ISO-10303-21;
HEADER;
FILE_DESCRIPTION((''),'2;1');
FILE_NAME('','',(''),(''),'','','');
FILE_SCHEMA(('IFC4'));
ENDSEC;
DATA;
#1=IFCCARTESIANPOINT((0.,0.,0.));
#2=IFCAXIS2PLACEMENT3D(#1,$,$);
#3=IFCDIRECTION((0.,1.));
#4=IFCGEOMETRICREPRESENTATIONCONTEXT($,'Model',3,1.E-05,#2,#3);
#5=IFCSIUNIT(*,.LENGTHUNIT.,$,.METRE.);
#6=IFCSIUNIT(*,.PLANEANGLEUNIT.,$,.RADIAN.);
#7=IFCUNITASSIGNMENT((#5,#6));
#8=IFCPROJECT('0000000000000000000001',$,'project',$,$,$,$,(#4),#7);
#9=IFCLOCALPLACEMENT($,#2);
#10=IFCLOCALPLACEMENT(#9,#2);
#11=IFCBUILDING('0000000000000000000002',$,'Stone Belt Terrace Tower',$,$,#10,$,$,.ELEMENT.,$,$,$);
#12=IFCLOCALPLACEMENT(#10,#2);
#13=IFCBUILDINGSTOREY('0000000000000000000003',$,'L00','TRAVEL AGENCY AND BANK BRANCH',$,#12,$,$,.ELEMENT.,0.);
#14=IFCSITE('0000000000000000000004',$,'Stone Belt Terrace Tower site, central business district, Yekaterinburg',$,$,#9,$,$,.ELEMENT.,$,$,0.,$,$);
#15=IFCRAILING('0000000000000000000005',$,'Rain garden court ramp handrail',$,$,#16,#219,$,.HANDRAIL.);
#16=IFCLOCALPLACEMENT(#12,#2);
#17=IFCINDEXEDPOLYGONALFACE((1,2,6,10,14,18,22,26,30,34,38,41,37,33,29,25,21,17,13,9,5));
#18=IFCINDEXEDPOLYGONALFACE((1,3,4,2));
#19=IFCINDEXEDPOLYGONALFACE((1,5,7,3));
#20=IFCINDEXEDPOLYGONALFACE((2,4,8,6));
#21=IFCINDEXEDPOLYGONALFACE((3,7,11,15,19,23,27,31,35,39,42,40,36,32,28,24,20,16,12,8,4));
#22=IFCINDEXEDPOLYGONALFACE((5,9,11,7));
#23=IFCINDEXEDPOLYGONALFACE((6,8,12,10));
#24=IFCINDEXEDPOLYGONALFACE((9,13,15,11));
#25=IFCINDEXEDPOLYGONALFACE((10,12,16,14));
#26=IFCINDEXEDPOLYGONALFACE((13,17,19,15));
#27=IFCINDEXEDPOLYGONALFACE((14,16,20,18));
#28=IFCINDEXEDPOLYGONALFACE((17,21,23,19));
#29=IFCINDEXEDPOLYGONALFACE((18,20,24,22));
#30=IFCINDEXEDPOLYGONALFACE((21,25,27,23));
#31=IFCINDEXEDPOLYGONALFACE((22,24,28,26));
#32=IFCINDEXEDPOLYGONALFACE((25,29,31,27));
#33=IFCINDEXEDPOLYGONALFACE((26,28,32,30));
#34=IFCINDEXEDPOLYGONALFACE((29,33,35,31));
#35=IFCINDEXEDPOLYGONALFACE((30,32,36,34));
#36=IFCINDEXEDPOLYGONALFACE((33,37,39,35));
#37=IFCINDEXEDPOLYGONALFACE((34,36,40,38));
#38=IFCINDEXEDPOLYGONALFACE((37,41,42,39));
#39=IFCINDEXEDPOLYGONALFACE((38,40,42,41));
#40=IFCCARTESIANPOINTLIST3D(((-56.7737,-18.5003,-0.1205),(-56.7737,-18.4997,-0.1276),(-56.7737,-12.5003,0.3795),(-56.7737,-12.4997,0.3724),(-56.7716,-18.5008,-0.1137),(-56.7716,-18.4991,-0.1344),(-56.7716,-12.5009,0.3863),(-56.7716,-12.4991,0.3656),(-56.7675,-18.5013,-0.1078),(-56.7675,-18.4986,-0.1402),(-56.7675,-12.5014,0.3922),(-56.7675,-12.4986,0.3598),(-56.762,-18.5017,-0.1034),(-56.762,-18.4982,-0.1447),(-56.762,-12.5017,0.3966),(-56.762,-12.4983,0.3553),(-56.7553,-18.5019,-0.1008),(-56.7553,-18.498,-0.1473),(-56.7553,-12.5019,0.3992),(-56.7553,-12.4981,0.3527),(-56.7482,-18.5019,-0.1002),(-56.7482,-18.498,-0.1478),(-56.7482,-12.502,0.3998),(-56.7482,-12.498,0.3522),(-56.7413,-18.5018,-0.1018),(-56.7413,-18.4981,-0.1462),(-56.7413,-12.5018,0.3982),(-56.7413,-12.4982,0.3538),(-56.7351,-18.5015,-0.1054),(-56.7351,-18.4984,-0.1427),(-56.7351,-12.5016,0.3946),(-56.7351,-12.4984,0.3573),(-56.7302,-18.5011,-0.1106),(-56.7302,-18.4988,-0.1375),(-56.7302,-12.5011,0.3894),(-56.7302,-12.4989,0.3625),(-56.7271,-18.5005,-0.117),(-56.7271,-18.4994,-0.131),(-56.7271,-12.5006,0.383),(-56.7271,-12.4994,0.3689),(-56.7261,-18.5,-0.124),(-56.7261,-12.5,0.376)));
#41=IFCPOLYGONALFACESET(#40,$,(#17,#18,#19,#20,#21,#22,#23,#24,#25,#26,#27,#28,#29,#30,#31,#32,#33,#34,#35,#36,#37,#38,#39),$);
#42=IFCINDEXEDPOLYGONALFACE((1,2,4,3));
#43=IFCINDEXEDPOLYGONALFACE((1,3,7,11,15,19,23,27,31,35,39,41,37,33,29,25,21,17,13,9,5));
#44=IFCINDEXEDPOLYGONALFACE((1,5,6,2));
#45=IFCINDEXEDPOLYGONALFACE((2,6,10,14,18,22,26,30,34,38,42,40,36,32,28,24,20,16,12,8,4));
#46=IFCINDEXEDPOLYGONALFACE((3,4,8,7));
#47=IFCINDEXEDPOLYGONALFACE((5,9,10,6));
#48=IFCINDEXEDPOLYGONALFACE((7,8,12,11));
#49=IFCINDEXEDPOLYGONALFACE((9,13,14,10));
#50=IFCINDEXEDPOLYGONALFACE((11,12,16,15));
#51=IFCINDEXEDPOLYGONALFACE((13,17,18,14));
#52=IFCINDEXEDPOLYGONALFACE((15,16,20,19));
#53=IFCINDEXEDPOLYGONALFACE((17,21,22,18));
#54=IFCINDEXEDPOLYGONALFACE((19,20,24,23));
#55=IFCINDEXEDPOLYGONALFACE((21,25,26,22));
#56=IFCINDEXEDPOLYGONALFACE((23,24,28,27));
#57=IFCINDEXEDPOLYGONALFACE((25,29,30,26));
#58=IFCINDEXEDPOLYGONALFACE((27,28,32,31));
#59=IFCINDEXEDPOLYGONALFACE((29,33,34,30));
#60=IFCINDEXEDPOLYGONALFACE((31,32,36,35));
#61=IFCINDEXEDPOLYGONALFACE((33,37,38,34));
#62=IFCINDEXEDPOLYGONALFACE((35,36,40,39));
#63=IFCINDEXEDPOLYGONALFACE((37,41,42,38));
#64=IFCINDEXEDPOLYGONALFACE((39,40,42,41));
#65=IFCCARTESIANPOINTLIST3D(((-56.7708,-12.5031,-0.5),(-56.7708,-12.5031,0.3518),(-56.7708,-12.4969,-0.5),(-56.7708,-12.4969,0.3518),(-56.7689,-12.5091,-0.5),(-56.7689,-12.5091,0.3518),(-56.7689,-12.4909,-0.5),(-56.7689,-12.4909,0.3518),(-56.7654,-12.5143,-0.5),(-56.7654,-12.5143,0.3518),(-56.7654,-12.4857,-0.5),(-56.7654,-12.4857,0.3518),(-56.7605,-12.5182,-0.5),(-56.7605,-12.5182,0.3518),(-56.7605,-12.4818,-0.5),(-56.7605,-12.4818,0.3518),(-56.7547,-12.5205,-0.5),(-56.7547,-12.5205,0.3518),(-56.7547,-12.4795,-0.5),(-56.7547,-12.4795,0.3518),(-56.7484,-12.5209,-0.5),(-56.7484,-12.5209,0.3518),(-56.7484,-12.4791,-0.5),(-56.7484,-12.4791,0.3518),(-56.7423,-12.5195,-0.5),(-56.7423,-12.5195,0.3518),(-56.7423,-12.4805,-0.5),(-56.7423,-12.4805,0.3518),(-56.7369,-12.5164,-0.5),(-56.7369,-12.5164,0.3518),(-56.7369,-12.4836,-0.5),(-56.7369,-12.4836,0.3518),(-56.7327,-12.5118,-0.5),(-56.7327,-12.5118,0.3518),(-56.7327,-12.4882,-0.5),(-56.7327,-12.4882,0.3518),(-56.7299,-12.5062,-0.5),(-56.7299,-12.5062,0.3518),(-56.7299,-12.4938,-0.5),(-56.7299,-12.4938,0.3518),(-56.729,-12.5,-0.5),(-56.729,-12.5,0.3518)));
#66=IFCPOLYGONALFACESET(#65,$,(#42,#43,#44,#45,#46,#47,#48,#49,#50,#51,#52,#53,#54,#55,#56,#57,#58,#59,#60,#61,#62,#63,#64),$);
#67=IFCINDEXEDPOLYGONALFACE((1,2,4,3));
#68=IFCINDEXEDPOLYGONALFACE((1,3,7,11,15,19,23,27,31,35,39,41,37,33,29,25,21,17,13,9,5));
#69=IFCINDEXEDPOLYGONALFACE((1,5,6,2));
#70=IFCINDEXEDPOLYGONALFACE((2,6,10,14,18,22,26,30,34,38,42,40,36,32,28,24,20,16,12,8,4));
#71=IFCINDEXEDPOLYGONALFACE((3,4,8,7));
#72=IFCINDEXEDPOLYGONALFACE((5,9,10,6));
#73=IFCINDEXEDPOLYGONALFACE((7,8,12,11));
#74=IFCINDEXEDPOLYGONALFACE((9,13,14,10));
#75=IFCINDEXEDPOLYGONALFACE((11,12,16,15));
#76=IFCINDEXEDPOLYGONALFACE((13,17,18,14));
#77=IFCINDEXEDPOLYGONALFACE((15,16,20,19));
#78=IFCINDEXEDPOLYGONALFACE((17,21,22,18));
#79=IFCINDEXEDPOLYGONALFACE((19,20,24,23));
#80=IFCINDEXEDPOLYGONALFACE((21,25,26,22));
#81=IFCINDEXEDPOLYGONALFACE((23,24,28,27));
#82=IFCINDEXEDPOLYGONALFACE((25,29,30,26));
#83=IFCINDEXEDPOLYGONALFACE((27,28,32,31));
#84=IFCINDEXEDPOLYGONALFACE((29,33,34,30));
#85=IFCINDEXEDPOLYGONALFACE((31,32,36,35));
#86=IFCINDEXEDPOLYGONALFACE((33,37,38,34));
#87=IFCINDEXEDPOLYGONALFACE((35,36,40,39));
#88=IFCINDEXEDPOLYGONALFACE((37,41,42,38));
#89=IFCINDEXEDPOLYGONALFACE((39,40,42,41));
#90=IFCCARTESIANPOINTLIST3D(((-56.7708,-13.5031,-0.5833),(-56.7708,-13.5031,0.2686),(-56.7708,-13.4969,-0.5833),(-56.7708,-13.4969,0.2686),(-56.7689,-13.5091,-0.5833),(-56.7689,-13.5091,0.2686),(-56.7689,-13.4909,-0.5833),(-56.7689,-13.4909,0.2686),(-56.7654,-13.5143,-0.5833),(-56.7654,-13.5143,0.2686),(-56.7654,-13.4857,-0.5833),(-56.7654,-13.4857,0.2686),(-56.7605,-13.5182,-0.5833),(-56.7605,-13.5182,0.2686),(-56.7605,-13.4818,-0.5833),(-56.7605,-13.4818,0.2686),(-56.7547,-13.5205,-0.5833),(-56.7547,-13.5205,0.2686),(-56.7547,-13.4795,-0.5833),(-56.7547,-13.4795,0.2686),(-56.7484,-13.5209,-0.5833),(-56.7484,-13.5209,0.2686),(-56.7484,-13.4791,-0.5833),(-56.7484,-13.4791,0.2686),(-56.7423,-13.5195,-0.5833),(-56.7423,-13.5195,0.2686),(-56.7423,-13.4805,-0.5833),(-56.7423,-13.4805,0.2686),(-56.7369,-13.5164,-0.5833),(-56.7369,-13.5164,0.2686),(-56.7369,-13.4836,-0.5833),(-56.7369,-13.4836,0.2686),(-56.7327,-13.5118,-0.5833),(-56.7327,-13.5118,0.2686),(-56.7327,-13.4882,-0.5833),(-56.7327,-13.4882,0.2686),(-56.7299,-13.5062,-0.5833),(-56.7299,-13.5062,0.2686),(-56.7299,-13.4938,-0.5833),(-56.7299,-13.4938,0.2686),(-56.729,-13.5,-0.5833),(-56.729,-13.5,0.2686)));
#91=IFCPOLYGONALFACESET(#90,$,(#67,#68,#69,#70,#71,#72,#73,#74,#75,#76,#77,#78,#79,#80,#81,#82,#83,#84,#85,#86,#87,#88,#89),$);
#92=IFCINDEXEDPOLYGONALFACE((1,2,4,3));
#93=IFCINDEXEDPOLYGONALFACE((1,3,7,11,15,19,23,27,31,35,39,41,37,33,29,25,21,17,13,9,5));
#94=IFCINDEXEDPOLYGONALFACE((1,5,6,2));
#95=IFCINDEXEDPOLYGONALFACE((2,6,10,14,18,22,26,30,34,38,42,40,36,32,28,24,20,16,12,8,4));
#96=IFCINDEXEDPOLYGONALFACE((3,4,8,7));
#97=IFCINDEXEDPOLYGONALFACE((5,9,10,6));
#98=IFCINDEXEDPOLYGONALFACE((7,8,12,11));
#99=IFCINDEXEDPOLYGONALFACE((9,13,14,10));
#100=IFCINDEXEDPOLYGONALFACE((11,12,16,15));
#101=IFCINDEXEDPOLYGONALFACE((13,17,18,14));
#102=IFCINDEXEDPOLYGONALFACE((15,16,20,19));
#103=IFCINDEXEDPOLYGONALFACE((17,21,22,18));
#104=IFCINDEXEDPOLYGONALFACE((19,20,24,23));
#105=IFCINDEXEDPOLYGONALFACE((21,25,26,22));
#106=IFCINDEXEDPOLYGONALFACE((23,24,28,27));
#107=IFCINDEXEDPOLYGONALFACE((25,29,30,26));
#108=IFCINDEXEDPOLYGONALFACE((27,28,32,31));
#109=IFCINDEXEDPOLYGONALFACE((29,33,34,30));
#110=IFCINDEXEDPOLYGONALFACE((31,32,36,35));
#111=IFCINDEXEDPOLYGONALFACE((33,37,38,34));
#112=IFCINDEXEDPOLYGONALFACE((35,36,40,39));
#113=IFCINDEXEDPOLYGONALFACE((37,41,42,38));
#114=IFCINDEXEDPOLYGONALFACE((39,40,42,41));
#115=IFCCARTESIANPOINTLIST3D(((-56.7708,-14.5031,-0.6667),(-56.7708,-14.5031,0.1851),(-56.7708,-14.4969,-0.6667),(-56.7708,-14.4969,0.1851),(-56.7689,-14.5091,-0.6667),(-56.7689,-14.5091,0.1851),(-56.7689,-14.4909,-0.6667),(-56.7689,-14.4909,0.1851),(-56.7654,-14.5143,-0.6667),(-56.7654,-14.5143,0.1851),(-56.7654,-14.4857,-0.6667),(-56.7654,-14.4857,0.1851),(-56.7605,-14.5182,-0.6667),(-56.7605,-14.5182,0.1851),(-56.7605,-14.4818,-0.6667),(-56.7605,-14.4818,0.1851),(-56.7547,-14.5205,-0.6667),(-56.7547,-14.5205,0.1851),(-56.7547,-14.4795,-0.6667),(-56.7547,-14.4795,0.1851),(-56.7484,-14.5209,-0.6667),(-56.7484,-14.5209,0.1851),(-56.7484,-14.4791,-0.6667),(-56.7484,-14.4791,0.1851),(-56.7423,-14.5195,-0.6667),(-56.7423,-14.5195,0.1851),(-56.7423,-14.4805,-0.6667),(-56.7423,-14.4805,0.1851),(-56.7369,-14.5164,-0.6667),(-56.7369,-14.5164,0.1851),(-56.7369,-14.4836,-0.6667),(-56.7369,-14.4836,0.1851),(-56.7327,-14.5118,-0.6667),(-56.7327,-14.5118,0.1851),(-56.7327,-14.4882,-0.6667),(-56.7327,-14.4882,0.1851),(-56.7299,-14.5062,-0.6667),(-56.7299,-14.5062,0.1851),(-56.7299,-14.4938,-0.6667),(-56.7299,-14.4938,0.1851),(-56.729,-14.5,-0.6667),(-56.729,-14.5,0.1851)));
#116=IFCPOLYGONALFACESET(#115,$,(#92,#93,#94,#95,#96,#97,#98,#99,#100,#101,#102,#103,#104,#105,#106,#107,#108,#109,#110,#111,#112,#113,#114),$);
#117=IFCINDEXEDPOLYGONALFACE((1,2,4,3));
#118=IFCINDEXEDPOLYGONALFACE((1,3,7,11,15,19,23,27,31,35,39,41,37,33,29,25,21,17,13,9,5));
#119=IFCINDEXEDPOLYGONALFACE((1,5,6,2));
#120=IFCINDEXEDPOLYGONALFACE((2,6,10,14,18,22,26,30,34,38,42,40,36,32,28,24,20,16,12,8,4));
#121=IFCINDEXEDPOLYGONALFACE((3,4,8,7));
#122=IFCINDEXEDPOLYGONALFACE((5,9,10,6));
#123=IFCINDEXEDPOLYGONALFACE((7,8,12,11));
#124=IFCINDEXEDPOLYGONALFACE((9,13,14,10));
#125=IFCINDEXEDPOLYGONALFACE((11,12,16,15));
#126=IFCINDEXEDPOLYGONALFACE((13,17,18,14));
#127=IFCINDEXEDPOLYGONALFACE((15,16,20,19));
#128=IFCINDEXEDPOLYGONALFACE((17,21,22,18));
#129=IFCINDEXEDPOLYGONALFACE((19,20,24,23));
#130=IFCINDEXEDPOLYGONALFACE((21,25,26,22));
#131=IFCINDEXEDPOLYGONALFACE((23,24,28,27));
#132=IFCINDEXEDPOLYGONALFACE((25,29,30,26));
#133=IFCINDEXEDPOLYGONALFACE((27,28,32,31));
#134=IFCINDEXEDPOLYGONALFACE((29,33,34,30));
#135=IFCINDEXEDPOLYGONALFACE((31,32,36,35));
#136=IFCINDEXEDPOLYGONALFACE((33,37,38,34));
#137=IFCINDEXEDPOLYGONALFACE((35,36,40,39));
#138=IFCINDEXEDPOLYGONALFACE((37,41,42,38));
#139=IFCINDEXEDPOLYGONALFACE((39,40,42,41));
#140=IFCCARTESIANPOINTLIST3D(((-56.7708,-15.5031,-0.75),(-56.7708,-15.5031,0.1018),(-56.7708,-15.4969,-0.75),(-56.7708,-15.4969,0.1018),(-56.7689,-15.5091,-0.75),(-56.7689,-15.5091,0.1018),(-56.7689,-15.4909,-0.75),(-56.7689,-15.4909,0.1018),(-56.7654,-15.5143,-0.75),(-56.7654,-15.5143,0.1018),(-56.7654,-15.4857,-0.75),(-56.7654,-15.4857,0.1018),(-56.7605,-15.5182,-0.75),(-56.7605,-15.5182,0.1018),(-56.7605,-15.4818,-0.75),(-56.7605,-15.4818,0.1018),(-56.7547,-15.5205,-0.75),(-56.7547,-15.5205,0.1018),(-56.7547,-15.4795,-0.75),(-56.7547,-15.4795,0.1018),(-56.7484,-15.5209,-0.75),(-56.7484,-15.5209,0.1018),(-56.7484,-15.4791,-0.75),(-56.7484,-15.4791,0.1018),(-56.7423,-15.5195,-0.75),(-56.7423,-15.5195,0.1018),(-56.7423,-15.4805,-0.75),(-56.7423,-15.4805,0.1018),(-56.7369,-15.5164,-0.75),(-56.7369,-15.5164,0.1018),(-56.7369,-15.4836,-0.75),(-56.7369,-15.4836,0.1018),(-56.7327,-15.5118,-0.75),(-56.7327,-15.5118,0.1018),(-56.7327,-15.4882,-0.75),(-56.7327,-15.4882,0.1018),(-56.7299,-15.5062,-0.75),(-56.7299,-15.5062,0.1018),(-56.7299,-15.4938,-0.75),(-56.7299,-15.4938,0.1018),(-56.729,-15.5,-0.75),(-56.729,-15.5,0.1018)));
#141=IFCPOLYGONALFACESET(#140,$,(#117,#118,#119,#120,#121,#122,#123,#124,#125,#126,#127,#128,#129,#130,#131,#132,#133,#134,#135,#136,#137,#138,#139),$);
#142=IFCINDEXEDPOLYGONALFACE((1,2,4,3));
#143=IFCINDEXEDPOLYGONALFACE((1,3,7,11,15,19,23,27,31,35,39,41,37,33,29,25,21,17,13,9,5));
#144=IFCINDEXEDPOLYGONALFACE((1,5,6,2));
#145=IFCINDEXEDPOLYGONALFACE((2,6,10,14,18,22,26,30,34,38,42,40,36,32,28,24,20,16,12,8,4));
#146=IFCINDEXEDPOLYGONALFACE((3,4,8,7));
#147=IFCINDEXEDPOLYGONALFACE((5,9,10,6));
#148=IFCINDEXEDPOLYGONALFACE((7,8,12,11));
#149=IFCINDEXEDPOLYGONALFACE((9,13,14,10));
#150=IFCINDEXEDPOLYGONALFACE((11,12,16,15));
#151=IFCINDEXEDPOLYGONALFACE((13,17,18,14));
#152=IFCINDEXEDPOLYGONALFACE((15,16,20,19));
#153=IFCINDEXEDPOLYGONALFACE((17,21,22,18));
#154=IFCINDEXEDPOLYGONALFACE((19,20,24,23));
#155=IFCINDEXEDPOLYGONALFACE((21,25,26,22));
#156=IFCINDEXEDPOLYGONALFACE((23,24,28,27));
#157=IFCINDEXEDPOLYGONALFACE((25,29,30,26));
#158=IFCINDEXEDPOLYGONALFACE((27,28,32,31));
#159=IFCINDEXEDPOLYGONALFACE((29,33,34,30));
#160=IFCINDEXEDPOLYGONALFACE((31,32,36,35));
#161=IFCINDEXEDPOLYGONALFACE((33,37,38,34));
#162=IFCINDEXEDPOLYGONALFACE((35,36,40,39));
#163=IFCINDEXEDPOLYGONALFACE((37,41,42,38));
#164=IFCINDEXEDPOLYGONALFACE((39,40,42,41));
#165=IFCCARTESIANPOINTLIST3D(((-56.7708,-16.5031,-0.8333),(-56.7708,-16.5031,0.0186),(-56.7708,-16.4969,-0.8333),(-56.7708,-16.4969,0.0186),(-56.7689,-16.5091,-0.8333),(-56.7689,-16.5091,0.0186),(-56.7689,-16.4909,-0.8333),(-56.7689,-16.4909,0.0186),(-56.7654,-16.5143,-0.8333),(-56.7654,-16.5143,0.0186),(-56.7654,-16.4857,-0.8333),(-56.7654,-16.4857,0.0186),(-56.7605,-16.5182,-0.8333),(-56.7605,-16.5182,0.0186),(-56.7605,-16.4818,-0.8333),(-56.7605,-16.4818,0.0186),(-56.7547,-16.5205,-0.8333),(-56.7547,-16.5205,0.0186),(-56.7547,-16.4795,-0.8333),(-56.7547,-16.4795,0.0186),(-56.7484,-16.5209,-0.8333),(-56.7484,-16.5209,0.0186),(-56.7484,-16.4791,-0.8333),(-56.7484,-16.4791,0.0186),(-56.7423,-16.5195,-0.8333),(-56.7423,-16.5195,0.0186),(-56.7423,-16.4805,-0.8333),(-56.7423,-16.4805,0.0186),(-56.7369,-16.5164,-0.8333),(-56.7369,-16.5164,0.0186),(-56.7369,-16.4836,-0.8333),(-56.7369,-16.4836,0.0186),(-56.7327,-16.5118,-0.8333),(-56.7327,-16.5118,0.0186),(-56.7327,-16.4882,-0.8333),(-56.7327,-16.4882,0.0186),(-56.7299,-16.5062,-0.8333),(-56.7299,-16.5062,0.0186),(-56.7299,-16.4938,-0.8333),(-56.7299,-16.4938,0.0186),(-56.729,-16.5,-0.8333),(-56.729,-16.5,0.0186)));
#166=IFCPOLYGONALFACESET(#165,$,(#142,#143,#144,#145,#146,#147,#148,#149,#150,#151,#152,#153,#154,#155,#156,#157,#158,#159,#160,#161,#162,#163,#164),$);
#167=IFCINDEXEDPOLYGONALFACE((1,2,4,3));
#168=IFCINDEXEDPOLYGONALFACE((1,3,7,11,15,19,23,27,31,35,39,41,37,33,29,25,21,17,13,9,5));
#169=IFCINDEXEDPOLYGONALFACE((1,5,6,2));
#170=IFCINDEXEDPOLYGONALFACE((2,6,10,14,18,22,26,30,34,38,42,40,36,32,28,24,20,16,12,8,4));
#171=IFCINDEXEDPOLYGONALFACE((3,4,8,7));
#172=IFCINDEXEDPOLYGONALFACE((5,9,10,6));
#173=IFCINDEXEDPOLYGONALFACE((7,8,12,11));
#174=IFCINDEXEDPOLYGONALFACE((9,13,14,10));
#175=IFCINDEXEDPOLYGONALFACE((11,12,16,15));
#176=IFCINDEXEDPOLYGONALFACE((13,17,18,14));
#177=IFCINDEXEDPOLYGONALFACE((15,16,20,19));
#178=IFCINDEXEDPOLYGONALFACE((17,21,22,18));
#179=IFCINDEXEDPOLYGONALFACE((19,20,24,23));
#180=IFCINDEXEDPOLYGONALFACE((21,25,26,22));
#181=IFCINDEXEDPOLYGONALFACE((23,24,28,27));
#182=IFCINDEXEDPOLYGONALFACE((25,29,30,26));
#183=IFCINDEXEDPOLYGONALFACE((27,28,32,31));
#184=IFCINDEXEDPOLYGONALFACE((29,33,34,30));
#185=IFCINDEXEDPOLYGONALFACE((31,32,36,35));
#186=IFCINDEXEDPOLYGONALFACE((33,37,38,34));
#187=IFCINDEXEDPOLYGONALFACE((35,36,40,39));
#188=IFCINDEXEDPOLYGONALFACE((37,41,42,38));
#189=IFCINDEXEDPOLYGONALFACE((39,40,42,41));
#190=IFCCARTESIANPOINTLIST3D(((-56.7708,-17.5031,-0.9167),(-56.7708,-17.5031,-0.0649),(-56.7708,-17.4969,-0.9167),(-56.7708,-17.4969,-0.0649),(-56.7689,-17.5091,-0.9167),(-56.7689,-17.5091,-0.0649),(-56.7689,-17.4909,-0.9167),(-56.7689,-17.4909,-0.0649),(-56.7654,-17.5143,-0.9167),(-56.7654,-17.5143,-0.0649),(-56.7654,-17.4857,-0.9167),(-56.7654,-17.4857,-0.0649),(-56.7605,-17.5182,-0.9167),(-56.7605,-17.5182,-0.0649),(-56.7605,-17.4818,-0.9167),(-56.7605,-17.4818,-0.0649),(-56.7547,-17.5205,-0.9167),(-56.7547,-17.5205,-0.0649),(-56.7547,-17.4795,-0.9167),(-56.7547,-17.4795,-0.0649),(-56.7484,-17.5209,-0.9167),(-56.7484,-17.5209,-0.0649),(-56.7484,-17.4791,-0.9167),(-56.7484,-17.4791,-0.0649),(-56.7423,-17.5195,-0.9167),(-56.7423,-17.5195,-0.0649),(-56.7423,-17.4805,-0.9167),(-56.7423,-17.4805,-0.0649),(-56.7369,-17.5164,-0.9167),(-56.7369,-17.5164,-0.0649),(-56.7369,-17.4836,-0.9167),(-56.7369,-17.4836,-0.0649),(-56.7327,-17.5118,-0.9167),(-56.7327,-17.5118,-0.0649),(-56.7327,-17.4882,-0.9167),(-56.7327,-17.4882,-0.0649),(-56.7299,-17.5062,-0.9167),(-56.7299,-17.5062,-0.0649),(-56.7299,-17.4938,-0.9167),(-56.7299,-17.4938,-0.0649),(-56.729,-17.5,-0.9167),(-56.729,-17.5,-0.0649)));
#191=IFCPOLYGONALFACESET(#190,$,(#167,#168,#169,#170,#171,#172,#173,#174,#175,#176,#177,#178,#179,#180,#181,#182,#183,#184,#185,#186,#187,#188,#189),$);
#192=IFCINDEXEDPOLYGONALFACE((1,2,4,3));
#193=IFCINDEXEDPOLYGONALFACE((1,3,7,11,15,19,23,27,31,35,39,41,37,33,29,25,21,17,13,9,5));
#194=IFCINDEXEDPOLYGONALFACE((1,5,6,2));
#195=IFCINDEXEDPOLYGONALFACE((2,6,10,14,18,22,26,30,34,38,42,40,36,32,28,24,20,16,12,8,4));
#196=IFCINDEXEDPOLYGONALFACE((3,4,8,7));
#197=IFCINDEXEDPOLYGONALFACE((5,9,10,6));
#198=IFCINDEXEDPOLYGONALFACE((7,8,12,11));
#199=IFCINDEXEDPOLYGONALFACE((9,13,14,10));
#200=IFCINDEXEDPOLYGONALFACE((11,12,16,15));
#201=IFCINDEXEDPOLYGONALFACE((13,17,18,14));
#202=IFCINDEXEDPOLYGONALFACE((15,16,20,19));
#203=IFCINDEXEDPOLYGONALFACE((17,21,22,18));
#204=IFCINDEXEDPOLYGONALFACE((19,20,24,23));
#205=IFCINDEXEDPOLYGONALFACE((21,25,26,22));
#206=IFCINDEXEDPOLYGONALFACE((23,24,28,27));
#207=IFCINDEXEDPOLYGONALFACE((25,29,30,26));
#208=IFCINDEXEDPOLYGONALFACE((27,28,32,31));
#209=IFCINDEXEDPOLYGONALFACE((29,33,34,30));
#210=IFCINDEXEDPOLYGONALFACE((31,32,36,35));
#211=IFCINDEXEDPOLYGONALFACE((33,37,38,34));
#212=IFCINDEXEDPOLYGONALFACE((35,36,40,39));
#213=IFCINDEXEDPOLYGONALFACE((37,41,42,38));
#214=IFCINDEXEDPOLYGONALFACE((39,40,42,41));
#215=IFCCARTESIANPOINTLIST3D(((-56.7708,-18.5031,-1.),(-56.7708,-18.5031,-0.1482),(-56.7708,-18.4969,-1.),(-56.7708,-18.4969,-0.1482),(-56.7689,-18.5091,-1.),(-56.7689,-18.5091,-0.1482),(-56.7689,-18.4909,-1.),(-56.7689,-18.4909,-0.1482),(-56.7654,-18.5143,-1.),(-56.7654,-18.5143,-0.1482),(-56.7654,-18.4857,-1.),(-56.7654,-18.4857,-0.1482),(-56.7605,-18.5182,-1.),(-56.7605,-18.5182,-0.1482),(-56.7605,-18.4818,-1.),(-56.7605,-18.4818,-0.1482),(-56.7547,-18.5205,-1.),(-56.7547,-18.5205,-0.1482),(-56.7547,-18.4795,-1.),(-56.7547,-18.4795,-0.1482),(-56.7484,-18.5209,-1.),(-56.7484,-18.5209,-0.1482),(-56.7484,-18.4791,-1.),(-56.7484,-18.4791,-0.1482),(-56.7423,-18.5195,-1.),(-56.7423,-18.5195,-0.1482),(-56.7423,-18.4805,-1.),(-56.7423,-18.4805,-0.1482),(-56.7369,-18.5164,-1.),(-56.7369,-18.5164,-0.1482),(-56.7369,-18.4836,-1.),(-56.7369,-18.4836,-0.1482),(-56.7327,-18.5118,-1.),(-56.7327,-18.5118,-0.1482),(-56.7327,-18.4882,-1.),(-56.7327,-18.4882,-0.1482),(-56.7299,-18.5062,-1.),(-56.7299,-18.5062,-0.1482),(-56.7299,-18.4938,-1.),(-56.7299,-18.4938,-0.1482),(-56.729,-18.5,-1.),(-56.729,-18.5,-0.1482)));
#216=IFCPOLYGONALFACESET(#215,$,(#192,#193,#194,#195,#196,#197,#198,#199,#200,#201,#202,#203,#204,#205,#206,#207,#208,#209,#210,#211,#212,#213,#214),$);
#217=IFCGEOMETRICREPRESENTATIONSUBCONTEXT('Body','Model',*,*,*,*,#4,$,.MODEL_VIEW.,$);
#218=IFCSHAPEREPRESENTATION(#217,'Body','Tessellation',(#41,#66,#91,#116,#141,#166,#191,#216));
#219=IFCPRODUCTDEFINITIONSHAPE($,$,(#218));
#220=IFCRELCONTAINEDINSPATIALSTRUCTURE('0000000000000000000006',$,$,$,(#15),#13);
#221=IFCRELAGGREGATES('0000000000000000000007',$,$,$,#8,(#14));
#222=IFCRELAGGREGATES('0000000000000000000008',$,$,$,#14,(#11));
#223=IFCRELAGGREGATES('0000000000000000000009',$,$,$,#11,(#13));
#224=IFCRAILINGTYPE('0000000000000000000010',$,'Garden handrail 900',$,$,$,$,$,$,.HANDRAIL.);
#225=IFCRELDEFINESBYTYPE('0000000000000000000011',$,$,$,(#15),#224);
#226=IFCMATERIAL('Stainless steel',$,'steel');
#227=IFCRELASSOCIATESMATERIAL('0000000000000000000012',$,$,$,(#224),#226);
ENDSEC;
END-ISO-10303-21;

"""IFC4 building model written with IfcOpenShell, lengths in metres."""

from ifc_helpers import new_model, si_unit, direction, frame, origin, origin_2d, place, context, subcontext, project, spatial, circle, extrude, material, type_object, element, save


model = new_model("IFC4")

# Units and contexts
model_context = context("Model", 3, precision=1e-05, world=origin(), true_north=direction((0.0, 1.0)))
body_context = subcontext(model_context, "Body", "Model", "MODEL_VIEW")
ifc_project = project(units=[si_unit("LENGTHUNIT", "METRE"), si_unit("PLANEANGLEUNIT", "RADIAN")], contexts=[model_context])

# Site, building, storey
site_placement = place(None, origin())
site = spatial("IfcSite", under=ifc_project, at=site_placement, Name="Stone Belt Terrace Tower site, central business district, Yekaterinburg", CompositionType="ELEMENT", RefElevation=0.0)
building_placement = place(site_placement, origin())
building = spatial("IfcBuilding", under=site, at=building_placement, Name="Stone Belt Terrace Tower", CompositionType="ELEMENT")
storey_placement = place(building_placement, origin())
storey = spatial("IfcBuildingStorey", under=building, at=storey_placement, Name="L00", Description="TRAVEL AGENCY AND BANK BRANCH", CompositionType="ELEMENT", Elevation=0.0)

# Railing
ifc_material_1 = material(Name="Stainless steel", Category="steel")
railing_type_1 = type_object("IfcRailingType", Name="Garden handrail 900", PredefinedType="HANDRAIL", material=ifc_material_1)
railing_1_placement = place(storey_placement, frame((-56.75, -12.5, -0.5)))
element("IfcRailing", 1, at=railing_1_placement, inside=storey, type_object=railing_type_1, Name="Rain garden court ramp handrail", PredefinedType="HANDRAIL", context=body_context, shape_type="SweptSolid", body=[
    extrude(circle(Radius=0.0239, at=origin_2d()), frame((0.0, 0.0, 0.876), z_axis=(0.0, -0.996546, -0.083045), x_axis=(1.0, 0.0, 0.0)), (0.0, 0.0, 1.0), 6.0208),
    extrude(circle(Radius=0.021, at=origin_2d()), origin(), (0.0, 0.0, 1.0), 0.8518),
    extrude(circle(Radius=0.021, at=origin_2d()), frame((0.0, -1.0, -0.0833)), (0.0, 0.0, 1.0), 0.8518),
    extrude(circle(Radius=0.021, at=origin_2d()), frame((0.0, -2.0, -0.1667)), (0.0, 0.0, 1.0), 0.8518),
    extrude(circle(Radius=0.021, at=origin_2d()), frame((0.0, -3.0, -0.25)), (0.0, 0.0, 1.0), 0.8518),
    extrude(circle(Radius=0.021, at=origin_2d()), frame((0.0, -4.0, -0.3333)), (0.0, 0.0, 1.0), 0.8518),
    extrude(circle(Radius=0.021, at=origin_2d()), frame((0.0, -5.0, -0.4167)), (0.0, 0.0, 1.0), 0.8518),
    extrude(circle(Radius=0.021, at=origin_2d()), frame((0.0, -6.0, -0.5)), (0.0, 0.0, 1.0), 0.8518),
])

save(model, "model.ifc")
